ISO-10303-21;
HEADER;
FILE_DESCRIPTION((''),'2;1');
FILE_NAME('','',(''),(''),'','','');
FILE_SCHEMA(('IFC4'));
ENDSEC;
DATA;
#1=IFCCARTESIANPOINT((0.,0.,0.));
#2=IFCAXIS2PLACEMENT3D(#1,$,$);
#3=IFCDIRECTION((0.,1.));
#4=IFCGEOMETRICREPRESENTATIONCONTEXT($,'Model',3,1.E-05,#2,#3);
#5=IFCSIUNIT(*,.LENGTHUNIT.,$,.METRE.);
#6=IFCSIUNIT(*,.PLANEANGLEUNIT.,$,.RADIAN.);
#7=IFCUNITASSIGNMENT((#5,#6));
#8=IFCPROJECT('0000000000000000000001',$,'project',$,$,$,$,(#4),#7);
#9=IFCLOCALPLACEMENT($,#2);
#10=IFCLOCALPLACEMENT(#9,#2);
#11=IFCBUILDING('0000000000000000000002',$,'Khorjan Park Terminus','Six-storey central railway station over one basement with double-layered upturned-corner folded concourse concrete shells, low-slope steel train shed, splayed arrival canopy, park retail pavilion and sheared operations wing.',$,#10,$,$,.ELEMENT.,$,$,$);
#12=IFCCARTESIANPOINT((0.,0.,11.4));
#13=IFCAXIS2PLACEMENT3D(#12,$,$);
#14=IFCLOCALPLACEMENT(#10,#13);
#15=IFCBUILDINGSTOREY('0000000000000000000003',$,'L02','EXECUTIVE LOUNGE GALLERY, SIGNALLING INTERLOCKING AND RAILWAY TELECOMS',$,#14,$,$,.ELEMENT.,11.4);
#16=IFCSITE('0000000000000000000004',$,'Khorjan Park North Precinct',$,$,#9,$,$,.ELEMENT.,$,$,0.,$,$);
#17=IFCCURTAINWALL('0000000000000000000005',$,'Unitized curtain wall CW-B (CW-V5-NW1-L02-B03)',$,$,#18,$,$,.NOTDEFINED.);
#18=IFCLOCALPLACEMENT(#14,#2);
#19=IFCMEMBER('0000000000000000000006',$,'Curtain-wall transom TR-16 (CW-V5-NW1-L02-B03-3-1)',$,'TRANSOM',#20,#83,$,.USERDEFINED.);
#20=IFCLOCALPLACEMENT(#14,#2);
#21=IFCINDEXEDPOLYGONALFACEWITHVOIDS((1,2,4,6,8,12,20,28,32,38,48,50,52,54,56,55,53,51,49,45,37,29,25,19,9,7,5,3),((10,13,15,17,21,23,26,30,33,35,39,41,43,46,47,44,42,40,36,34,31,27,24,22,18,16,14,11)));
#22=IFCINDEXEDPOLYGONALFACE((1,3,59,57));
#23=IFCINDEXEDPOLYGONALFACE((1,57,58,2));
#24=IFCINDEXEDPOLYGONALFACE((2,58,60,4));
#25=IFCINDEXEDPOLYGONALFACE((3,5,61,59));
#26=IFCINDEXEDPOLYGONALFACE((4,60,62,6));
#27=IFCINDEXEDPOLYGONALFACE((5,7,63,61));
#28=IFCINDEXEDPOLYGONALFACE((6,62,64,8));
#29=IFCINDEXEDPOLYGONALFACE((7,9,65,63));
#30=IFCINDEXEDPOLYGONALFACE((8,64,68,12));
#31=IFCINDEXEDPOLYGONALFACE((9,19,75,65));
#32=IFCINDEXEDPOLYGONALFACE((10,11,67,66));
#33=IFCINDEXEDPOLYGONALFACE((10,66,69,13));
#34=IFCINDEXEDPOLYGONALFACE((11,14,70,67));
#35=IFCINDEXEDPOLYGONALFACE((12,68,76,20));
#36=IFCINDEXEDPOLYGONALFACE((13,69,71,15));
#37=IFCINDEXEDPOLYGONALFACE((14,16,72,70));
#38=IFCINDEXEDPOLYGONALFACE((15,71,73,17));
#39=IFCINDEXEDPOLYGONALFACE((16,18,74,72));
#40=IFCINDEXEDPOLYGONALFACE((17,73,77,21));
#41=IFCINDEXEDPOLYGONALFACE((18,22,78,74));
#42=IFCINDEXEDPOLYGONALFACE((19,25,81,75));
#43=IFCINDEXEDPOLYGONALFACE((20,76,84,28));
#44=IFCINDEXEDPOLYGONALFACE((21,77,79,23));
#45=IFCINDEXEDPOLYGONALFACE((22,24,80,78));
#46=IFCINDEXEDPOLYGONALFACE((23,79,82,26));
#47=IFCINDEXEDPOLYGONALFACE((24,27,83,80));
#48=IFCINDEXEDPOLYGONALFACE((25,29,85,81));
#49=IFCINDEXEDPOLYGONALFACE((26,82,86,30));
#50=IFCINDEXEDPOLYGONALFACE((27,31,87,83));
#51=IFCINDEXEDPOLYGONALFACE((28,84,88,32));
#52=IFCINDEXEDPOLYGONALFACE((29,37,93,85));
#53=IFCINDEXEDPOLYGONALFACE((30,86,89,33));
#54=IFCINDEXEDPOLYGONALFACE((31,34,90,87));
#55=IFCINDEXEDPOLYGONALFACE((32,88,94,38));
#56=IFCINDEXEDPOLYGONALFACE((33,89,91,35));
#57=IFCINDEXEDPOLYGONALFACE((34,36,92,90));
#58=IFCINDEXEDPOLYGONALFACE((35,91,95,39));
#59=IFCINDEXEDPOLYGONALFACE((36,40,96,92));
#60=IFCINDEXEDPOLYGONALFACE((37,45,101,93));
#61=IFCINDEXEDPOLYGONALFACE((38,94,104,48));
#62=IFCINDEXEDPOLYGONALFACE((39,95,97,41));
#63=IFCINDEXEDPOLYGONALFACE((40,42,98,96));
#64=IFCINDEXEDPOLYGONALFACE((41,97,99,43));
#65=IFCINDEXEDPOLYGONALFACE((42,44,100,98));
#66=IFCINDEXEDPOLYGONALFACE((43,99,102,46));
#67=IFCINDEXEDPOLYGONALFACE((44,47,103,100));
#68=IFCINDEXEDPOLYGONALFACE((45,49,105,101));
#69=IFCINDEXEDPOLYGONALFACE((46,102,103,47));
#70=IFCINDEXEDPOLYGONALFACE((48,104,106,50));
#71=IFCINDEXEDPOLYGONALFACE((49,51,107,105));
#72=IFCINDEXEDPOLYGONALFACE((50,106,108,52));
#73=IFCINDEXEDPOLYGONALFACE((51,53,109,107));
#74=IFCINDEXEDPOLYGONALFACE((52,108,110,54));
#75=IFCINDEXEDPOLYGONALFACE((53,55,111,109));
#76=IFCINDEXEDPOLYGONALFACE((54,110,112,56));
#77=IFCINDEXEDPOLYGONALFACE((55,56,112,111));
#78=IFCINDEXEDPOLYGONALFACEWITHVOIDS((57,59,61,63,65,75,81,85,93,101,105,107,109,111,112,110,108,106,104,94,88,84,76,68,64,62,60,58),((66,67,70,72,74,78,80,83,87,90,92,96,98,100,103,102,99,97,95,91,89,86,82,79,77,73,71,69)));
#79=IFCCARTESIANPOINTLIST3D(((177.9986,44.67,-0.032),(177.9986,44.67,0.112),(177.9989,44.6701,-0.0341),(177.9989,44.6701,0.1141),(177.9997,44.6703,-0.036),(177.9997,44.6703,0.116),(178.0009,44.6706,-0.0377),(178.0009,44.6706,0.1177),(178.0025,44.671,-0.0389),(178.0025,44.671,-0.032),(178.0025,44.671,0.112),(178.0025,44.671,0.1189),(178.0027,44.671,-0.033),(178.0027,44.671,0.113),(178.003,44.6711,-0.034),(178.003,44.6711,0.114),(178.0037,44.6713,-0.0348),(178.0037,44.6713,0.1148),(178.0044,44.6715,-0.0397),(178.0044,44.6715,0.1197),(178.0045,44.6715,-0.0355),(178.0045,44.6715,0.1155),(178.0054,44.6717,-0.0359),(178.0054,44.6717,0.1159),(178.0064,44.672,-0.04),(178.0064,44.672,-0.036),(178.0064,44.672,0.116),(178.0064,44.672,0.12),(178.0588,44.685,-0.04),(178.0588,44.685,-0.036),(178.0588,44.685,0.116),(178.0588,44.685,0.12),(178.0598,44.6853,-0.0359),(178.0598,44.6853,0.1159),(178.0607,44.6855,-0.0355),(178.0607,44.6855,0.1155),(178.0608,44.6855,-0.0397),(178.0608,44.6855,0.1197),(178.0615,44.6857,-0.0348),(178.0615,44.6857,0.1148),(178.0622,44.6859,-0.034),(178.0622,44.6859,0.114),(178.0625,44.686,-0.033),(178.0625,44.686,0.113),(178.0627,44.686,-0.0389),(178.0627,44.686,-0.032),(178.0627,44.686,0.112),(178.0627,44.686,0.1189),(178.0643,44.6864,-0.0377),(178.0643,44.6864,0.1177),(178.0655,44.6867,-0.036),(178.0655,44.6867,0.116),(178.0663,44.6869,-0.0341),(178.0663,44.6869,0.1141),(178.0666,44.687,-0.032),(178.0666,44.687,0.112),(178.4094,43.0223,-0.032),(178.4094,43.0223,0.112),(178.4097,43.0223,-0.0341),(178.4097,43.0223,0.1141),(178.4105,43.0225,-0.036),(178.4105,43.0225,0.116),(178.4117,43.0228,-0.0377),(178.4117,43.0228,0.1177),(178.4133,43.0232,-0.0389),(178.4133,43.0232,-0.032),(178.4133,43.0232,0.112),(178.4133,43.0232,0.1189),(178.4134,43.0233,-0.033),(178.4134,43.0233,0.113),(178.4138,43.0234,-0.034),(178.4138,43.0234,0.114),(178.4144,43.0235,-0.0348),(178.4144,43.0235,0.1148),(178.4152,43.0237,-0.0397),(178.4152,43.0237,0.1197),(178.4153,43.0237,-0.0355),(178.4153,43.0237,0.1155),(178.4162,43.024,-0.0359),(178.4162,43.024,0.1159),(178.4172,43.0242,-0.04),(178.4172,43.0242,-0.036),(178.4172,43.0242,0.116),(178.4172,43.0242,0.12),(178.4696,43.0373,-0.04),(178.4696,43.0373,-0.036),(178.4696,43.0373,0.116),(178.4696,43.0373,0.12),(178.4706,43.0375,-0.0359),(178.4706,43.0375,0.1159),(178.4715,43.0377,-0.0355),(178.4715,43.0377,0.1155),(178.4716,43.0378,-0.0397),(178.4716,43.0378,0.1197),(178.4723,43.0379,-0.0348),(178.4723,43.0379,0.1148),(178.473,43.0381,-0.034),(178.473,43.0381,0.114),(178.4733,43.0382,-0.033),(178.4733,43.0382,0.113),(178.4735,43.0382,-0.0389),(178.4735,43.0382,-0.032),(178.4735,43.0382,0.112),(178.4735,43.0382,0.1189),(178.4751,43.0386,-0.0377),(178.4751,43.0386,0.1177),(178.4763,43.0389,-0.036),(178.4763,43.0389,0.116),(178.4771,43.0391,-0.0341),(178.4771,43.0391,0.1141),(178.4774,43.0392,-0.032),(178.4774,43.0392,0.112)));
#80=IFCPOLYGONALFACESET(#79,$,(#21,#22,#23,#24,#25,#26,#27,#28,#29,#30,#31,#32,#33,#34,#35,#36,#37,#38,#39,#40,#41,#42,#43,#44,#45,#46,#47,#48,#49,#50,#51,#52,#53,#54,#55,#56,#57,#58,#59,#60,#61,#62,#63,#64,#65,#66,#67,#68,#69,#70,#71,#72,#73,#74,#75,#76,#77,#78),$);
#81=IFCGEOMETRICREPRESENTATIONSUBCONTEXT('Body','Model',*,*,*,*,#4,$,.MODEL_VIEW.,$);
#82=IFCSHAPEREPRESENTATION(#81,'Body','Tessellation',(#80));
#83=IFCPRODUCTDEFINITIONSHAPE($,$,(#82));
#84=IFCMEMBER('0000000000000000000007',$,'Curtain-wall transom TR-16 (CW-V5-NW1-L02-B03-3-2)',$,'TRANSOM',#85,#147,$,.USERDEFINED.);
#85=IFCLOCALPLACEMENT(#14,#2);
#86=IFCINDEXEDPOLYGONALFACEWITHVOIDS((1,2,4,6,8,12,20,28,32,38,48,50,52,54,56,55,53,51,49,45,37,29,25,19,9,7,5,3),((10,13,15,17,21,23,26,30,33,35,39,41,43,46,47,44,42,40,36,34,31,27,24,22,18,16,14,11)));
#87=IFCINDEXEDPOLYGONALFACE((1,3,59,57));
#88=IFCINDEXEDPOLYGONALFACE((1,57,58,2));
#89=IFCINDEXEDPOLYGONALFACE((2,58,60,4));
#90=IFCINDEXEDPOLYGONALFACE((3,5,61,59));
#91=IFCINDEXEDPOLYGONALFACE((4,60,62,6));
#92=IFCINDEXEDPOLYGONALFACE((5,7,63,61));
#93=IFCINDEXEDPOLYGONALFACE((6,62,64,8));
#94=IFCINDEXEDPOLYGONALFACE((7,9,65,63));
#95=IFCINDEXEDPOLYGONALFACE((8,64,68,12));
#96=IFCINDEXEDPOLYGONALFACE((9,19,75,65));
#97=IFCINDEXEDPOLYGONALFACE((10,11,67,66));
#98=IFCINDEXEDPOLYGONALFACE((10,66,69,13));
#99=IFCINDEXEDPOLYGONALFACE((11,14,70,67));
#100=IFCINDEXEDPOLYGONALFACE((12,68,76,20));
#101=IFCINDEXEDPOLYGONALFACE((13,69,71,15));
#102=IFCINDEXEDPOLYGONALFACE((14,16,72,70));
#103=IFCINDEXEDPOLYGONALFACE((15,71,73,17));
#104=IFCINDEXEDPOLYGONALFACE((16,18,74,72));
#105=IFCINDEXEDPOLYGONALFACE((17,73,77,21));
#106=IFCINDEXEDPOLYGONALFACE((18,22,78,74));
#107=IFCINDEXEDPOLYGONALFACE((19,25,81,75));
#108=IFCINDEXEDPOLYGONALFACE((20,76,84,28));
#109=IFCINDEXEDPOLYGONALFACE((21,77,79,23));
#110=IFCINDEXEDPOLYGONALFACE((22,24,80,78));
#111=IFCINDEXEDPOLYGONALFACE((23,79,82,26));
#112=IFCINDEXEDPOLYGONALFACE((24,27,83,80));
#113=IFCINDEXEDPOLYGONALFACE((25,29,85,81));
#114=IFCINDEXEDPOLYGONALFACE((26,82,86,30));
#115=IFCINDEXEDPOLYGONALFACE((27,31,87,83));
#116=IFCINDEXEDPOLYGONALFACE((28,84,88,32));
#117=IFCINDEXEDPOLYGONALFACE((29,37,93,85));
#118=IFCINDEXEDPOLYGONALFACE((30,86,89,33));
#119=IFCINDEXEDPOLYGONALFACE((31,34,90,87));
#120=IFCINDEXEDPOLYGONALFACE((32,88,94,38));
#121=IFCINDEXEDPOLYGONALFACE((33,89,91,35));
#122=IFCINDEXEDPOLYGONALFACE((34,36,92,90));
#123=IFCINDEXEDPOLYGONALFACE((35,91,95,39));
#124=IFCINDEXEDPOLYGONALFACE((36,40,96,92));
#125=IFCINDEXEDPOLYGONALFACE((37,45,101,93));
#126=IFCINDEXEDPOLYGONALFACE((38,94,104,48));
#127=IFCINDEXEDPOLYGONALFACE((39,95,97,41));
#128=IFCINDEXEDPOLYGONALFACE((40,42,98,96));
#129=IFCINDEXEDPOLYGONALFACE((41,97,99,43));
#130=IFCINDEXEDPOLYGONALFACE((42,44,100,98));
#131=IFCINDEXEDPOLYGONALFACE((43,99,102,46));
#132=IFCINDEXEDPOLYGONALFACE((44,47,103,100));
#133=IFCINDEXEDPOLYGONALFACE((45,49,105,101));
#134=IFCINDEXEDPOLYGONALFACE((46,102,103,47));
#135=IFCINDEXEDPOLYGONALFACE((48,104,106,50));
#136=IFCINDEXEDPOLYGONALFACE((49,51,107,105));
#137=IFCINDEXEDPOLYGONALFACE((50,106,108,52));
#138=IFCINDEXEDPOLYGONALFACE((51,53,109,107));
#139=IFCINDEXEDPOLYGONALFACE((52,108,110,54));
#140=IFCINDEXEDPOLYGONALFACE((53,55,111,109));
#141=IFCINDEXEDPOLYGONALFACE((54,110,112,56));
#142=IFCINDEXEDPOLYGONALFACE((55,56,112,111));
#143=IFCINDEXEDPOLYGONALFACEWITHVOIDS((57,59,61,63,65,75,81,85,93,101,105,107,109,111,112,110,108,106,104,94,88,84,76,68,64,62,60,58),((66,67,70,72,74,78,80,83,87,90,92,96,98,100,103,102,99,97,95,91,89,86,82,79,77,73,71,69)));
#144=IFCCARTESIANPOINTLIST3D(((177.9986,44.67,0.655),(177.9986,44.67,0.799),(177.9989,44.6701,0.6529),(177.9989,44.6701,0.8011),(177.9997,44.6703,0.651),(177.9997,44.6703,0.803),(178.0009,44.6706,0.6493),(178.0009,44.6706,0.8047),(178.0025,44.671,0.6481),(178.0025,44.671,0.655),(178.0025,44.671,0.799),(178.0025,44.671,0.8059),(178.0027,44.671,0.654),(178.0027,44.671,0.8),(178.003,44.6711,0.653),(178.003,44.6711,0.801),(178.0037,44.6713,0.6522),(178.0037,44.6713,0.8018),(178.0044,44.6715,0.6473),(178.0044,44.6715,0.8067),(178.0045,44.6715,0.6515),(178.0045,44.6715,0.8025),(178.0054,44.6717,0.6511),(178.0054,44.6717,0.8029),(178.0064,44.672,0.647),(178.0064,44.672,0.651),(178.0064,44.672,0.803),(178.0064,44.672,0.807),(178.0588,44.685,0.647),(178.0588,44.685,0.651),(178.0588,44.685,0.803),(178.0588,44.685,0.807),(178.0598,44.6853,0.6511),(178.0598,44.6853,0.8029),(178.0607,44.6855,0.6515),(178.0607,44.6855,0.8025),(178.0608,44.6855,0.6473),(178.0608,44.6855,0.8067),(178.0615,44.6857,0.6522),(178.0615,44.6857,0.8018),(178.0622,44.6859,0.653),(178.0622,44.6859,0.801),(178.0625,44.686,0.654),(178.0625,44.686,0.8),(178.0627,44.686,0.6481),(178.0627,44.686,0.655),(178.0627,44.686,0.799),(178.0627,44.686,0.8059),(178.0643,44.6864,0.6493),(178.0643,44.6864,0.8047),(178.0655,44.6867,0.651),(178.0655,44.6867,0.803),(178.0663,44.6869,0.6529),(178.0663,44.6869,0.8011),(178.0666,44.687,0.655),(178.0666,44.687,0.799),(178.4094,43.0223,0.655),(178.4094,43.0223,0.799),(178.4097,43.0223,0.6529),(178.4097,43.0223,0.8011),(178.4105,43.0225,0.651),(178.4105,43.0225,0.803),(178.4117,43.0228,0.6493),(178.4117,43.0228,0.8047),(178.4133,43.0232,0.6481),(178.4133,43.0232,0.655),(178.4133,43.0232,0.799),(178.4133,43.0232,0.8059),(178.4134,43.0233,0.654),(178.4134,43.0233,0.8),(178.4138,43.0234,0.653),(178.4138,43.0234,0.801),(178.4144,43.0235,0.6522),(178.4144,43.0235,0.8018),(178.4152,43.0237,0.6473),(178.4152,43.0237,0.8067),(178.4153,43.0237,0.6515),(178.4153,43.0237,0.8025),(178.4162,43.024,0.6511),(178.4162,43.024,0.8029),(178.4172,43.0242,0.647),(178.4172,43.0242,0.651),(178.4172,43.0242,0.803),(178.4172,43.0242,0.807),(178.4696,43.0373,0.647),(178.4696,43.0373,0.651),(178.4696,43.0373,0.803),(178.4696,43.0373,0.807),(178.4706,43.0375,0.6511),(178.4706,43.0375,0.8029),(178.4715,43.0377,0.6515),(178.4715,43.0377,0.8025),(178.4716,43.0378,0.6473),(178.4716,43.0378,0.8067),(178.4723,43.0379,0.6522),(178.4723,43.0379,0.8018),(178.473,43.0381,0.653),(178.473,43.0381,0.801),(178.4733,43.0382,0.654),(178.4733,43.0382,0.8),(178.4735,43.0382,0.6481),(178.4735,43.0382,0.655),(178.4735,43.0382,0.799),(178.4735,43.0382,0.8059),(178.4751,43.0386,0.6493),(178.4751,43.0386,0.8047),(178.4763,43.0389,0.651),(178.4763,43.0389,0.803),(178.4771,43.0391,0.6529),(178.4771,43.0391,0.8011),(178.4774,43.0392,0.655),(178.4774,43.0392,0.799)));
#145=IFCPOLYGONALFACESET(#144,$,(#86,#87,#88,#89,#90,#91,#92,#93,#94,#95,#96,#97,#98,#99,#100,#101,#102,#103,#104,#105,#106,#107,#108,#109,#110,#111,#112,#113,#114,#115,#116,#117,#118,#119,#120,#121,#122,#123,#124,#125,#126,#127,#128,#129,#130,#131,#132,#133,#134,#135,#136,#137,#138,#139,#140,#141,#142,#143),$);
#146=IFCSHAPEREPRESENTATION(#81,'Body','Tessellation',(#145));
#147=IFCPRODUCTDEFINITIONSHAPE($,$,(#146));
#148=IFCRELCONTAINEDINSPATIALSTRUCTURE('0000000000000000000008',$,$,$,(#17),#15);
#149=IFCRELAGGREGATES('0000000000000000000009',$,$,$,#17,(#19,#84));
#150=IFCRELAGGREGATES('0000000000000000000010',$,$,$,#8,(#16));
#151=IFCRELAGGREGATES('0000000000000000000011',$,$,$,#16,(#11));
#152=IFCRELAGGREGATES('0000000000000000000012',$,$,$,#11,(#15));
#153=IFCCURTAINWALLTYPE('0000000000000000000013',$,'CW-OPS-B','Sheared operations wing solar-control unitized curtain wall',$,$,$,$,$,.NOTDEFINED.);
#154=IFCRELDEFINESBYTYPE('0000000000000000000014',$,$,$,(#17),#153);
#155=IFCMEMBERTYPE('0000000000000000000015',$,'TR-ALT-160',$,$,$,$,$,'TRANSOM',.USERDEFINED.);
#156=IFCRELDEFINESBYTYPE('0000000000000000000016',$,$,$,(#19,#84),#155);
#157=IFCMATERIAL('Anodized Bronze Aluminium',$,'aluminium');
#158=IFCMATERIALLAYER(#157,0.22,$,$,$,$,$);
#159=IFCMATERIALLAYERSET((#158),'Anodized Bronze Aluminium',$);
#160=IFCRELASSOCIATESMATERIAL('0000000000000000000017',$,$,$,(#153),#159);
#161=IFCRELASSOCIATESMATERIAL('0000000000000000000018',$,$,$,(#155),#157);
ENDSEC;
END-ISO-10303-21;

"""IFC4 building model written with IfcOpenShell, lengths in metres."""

from ifc_helpers import new_model, si_unit, direction, frame, origin, origin_2d, place, context, subcontext, project, spatial, hollow_rectangle, extrude, material, layer, layer_set, material_profile, profile_set, type_object, element, aggregate, save


model = new_model("IFC4")

# Units and contexts
model_context = context("Model", 3, precision=1e-05, world=origin(), true_north=direction((0.0, 1.0)))
body_context = subcontext(model_context, "Body", "Model", "MODEL_VIEW")
ifc_project = project(units=[si_unit("LENGTHUNIT", "METRE"), si_unit("PLANEANGLEUNIT", "RADIAN")], contexts=[model_context])

# Site, building, storey
site_placement = place(None, origin())
site = spatial("IfcSite", under=ifc_project, at=site_placement, Name="Khorjan Park North Precinct", CompositionType="ELEMENT", RefElevation=0.0)
building_placement = place(site_placement, origin())
building = spatial("IfcBuilding", under=site, at=building_placement, Name="Khorjan Park Terminus", Description="Six-storey central railway station over one basement with double-layered upturned-corner folded concourse concrete shells, low-slope steel train shed, splayed arrival canopy, park retail pavilion and sheared operations wing.", CompositionType="ELEMENT")
storey_placement = place(building_placement, frame((0.0, 0.0, 11.4)))
storey = spatial("IfcBuildingStorey", under=building, at=storey_placement, Name="L02", Description="EXECUTIVE LOUNGE GALLERY, SIGNALLING INTERLOCKING AND RAILWAY TELECOMS", CompositionType="ELEMENT", Elevation=11.4)

# Curtain wall
ifc_material_1 = material(Name="Anodized Bronze Aluminium", Category="aluminium")
ifc_layer_1 = layer(ifc_material_1, 0.22)
ifc_layer_set_1 = layer_set([ifc_layer_1], Name="Anodized Bronze Aluminium")
curtain_wall_type = type_object("IfcCurtainWallType", Name="CW-OPS-B", Description="Sheared operations wing solar-control unitized curtain wall", PredefinedType="NOTDEFINED", material=ifc_layer_set_1)
curtain_wall_1_placement = place(storey_placement, origin())
curtain_wall_1 = element("IfcCurtainWall", 1, at=curtain_wall_1_placement, inside=storey, type_object=curtain_wall_type, Name="Unitized curtain wall CW-B (CW-V5-NW1-L02-B03)", PredefinedType="NOTDEFINED")

# Members
ifc_material_profile_1 = material_profile(ifc_material_1, hollow_rectangle(XDim=0.07, YDim=0.16, WallThickness=0.004, InnerFilletRadius=0.004, OuterFilletRadius=0.008, at=origin_2d()), Name="ALT 70x160x4")
ifc_profile_set_1 = profile_set([ifc_material_profile_1], Name="Anodized Bronze Aluminium")
member_type_1 = type_object("IfcMemberType", Name="TR-ALT-160", ElementType="TRANSOM", PredefinedType="USERDEFINED", material=ifc_profile_set_1)
member_1_placement = place(storey_placement, frame((178.0326, 44.6785, 0.04), z_axis=(0.241898, -0.970302, 0.0), x_axis=(0.970302, 0.241898, 0.0)))
member_1 = element("IfcMember", 2, at=member_1_placement, type_object=member_type_1, Name="Curtain-wall transom TR-16 (CW-V5-NW1-L02-B03-3-1)", ObjectType="TRANSOM", PredefinedType="USERDEFINED", context=body_context, shape_type="SweptSolid", body=[
    extrude(hollow_rectangle(XDim=0.07, YDim=0.16, WallThickness=0.004, InnerFilletRadius=0.004, OuterFilletRadius=0.008, at=origin_2d()), origin(), (0.0, 0.0, 1.0), 1.6982),
])
member_2_placement = place(storey_placement, frame((178.0326, 44.6785, 0.727), z_axis=(0.241898, -0.970302, 0.0), x_axis=(0.970302, 0.241898, 0.0)))
member_2 = element("IfcMember", 3, at=member_2_placement, type_object=member_type_1, Name="Curtain-wall transom TR-16 (CW-V5-NW1-L02-B03-3-2)", ObjectType="TRANSOM", PredefinedType="USERDEFINED", context=body_context, shape_type="SweptSolid", body=[
    extrude(hollow_rectangle(XDim=0.07, YDim=0.16, WallThickness=0.004, InnerFilletRadius=0.004, OuterFilletRadius=0.008, at=origin_2d()), origin(), (0.0, 0.0, 1.0), 1.6982),
])

aggregate(curtain_wall_1, [member_1, member_2])

save(model, "model.ifc")
